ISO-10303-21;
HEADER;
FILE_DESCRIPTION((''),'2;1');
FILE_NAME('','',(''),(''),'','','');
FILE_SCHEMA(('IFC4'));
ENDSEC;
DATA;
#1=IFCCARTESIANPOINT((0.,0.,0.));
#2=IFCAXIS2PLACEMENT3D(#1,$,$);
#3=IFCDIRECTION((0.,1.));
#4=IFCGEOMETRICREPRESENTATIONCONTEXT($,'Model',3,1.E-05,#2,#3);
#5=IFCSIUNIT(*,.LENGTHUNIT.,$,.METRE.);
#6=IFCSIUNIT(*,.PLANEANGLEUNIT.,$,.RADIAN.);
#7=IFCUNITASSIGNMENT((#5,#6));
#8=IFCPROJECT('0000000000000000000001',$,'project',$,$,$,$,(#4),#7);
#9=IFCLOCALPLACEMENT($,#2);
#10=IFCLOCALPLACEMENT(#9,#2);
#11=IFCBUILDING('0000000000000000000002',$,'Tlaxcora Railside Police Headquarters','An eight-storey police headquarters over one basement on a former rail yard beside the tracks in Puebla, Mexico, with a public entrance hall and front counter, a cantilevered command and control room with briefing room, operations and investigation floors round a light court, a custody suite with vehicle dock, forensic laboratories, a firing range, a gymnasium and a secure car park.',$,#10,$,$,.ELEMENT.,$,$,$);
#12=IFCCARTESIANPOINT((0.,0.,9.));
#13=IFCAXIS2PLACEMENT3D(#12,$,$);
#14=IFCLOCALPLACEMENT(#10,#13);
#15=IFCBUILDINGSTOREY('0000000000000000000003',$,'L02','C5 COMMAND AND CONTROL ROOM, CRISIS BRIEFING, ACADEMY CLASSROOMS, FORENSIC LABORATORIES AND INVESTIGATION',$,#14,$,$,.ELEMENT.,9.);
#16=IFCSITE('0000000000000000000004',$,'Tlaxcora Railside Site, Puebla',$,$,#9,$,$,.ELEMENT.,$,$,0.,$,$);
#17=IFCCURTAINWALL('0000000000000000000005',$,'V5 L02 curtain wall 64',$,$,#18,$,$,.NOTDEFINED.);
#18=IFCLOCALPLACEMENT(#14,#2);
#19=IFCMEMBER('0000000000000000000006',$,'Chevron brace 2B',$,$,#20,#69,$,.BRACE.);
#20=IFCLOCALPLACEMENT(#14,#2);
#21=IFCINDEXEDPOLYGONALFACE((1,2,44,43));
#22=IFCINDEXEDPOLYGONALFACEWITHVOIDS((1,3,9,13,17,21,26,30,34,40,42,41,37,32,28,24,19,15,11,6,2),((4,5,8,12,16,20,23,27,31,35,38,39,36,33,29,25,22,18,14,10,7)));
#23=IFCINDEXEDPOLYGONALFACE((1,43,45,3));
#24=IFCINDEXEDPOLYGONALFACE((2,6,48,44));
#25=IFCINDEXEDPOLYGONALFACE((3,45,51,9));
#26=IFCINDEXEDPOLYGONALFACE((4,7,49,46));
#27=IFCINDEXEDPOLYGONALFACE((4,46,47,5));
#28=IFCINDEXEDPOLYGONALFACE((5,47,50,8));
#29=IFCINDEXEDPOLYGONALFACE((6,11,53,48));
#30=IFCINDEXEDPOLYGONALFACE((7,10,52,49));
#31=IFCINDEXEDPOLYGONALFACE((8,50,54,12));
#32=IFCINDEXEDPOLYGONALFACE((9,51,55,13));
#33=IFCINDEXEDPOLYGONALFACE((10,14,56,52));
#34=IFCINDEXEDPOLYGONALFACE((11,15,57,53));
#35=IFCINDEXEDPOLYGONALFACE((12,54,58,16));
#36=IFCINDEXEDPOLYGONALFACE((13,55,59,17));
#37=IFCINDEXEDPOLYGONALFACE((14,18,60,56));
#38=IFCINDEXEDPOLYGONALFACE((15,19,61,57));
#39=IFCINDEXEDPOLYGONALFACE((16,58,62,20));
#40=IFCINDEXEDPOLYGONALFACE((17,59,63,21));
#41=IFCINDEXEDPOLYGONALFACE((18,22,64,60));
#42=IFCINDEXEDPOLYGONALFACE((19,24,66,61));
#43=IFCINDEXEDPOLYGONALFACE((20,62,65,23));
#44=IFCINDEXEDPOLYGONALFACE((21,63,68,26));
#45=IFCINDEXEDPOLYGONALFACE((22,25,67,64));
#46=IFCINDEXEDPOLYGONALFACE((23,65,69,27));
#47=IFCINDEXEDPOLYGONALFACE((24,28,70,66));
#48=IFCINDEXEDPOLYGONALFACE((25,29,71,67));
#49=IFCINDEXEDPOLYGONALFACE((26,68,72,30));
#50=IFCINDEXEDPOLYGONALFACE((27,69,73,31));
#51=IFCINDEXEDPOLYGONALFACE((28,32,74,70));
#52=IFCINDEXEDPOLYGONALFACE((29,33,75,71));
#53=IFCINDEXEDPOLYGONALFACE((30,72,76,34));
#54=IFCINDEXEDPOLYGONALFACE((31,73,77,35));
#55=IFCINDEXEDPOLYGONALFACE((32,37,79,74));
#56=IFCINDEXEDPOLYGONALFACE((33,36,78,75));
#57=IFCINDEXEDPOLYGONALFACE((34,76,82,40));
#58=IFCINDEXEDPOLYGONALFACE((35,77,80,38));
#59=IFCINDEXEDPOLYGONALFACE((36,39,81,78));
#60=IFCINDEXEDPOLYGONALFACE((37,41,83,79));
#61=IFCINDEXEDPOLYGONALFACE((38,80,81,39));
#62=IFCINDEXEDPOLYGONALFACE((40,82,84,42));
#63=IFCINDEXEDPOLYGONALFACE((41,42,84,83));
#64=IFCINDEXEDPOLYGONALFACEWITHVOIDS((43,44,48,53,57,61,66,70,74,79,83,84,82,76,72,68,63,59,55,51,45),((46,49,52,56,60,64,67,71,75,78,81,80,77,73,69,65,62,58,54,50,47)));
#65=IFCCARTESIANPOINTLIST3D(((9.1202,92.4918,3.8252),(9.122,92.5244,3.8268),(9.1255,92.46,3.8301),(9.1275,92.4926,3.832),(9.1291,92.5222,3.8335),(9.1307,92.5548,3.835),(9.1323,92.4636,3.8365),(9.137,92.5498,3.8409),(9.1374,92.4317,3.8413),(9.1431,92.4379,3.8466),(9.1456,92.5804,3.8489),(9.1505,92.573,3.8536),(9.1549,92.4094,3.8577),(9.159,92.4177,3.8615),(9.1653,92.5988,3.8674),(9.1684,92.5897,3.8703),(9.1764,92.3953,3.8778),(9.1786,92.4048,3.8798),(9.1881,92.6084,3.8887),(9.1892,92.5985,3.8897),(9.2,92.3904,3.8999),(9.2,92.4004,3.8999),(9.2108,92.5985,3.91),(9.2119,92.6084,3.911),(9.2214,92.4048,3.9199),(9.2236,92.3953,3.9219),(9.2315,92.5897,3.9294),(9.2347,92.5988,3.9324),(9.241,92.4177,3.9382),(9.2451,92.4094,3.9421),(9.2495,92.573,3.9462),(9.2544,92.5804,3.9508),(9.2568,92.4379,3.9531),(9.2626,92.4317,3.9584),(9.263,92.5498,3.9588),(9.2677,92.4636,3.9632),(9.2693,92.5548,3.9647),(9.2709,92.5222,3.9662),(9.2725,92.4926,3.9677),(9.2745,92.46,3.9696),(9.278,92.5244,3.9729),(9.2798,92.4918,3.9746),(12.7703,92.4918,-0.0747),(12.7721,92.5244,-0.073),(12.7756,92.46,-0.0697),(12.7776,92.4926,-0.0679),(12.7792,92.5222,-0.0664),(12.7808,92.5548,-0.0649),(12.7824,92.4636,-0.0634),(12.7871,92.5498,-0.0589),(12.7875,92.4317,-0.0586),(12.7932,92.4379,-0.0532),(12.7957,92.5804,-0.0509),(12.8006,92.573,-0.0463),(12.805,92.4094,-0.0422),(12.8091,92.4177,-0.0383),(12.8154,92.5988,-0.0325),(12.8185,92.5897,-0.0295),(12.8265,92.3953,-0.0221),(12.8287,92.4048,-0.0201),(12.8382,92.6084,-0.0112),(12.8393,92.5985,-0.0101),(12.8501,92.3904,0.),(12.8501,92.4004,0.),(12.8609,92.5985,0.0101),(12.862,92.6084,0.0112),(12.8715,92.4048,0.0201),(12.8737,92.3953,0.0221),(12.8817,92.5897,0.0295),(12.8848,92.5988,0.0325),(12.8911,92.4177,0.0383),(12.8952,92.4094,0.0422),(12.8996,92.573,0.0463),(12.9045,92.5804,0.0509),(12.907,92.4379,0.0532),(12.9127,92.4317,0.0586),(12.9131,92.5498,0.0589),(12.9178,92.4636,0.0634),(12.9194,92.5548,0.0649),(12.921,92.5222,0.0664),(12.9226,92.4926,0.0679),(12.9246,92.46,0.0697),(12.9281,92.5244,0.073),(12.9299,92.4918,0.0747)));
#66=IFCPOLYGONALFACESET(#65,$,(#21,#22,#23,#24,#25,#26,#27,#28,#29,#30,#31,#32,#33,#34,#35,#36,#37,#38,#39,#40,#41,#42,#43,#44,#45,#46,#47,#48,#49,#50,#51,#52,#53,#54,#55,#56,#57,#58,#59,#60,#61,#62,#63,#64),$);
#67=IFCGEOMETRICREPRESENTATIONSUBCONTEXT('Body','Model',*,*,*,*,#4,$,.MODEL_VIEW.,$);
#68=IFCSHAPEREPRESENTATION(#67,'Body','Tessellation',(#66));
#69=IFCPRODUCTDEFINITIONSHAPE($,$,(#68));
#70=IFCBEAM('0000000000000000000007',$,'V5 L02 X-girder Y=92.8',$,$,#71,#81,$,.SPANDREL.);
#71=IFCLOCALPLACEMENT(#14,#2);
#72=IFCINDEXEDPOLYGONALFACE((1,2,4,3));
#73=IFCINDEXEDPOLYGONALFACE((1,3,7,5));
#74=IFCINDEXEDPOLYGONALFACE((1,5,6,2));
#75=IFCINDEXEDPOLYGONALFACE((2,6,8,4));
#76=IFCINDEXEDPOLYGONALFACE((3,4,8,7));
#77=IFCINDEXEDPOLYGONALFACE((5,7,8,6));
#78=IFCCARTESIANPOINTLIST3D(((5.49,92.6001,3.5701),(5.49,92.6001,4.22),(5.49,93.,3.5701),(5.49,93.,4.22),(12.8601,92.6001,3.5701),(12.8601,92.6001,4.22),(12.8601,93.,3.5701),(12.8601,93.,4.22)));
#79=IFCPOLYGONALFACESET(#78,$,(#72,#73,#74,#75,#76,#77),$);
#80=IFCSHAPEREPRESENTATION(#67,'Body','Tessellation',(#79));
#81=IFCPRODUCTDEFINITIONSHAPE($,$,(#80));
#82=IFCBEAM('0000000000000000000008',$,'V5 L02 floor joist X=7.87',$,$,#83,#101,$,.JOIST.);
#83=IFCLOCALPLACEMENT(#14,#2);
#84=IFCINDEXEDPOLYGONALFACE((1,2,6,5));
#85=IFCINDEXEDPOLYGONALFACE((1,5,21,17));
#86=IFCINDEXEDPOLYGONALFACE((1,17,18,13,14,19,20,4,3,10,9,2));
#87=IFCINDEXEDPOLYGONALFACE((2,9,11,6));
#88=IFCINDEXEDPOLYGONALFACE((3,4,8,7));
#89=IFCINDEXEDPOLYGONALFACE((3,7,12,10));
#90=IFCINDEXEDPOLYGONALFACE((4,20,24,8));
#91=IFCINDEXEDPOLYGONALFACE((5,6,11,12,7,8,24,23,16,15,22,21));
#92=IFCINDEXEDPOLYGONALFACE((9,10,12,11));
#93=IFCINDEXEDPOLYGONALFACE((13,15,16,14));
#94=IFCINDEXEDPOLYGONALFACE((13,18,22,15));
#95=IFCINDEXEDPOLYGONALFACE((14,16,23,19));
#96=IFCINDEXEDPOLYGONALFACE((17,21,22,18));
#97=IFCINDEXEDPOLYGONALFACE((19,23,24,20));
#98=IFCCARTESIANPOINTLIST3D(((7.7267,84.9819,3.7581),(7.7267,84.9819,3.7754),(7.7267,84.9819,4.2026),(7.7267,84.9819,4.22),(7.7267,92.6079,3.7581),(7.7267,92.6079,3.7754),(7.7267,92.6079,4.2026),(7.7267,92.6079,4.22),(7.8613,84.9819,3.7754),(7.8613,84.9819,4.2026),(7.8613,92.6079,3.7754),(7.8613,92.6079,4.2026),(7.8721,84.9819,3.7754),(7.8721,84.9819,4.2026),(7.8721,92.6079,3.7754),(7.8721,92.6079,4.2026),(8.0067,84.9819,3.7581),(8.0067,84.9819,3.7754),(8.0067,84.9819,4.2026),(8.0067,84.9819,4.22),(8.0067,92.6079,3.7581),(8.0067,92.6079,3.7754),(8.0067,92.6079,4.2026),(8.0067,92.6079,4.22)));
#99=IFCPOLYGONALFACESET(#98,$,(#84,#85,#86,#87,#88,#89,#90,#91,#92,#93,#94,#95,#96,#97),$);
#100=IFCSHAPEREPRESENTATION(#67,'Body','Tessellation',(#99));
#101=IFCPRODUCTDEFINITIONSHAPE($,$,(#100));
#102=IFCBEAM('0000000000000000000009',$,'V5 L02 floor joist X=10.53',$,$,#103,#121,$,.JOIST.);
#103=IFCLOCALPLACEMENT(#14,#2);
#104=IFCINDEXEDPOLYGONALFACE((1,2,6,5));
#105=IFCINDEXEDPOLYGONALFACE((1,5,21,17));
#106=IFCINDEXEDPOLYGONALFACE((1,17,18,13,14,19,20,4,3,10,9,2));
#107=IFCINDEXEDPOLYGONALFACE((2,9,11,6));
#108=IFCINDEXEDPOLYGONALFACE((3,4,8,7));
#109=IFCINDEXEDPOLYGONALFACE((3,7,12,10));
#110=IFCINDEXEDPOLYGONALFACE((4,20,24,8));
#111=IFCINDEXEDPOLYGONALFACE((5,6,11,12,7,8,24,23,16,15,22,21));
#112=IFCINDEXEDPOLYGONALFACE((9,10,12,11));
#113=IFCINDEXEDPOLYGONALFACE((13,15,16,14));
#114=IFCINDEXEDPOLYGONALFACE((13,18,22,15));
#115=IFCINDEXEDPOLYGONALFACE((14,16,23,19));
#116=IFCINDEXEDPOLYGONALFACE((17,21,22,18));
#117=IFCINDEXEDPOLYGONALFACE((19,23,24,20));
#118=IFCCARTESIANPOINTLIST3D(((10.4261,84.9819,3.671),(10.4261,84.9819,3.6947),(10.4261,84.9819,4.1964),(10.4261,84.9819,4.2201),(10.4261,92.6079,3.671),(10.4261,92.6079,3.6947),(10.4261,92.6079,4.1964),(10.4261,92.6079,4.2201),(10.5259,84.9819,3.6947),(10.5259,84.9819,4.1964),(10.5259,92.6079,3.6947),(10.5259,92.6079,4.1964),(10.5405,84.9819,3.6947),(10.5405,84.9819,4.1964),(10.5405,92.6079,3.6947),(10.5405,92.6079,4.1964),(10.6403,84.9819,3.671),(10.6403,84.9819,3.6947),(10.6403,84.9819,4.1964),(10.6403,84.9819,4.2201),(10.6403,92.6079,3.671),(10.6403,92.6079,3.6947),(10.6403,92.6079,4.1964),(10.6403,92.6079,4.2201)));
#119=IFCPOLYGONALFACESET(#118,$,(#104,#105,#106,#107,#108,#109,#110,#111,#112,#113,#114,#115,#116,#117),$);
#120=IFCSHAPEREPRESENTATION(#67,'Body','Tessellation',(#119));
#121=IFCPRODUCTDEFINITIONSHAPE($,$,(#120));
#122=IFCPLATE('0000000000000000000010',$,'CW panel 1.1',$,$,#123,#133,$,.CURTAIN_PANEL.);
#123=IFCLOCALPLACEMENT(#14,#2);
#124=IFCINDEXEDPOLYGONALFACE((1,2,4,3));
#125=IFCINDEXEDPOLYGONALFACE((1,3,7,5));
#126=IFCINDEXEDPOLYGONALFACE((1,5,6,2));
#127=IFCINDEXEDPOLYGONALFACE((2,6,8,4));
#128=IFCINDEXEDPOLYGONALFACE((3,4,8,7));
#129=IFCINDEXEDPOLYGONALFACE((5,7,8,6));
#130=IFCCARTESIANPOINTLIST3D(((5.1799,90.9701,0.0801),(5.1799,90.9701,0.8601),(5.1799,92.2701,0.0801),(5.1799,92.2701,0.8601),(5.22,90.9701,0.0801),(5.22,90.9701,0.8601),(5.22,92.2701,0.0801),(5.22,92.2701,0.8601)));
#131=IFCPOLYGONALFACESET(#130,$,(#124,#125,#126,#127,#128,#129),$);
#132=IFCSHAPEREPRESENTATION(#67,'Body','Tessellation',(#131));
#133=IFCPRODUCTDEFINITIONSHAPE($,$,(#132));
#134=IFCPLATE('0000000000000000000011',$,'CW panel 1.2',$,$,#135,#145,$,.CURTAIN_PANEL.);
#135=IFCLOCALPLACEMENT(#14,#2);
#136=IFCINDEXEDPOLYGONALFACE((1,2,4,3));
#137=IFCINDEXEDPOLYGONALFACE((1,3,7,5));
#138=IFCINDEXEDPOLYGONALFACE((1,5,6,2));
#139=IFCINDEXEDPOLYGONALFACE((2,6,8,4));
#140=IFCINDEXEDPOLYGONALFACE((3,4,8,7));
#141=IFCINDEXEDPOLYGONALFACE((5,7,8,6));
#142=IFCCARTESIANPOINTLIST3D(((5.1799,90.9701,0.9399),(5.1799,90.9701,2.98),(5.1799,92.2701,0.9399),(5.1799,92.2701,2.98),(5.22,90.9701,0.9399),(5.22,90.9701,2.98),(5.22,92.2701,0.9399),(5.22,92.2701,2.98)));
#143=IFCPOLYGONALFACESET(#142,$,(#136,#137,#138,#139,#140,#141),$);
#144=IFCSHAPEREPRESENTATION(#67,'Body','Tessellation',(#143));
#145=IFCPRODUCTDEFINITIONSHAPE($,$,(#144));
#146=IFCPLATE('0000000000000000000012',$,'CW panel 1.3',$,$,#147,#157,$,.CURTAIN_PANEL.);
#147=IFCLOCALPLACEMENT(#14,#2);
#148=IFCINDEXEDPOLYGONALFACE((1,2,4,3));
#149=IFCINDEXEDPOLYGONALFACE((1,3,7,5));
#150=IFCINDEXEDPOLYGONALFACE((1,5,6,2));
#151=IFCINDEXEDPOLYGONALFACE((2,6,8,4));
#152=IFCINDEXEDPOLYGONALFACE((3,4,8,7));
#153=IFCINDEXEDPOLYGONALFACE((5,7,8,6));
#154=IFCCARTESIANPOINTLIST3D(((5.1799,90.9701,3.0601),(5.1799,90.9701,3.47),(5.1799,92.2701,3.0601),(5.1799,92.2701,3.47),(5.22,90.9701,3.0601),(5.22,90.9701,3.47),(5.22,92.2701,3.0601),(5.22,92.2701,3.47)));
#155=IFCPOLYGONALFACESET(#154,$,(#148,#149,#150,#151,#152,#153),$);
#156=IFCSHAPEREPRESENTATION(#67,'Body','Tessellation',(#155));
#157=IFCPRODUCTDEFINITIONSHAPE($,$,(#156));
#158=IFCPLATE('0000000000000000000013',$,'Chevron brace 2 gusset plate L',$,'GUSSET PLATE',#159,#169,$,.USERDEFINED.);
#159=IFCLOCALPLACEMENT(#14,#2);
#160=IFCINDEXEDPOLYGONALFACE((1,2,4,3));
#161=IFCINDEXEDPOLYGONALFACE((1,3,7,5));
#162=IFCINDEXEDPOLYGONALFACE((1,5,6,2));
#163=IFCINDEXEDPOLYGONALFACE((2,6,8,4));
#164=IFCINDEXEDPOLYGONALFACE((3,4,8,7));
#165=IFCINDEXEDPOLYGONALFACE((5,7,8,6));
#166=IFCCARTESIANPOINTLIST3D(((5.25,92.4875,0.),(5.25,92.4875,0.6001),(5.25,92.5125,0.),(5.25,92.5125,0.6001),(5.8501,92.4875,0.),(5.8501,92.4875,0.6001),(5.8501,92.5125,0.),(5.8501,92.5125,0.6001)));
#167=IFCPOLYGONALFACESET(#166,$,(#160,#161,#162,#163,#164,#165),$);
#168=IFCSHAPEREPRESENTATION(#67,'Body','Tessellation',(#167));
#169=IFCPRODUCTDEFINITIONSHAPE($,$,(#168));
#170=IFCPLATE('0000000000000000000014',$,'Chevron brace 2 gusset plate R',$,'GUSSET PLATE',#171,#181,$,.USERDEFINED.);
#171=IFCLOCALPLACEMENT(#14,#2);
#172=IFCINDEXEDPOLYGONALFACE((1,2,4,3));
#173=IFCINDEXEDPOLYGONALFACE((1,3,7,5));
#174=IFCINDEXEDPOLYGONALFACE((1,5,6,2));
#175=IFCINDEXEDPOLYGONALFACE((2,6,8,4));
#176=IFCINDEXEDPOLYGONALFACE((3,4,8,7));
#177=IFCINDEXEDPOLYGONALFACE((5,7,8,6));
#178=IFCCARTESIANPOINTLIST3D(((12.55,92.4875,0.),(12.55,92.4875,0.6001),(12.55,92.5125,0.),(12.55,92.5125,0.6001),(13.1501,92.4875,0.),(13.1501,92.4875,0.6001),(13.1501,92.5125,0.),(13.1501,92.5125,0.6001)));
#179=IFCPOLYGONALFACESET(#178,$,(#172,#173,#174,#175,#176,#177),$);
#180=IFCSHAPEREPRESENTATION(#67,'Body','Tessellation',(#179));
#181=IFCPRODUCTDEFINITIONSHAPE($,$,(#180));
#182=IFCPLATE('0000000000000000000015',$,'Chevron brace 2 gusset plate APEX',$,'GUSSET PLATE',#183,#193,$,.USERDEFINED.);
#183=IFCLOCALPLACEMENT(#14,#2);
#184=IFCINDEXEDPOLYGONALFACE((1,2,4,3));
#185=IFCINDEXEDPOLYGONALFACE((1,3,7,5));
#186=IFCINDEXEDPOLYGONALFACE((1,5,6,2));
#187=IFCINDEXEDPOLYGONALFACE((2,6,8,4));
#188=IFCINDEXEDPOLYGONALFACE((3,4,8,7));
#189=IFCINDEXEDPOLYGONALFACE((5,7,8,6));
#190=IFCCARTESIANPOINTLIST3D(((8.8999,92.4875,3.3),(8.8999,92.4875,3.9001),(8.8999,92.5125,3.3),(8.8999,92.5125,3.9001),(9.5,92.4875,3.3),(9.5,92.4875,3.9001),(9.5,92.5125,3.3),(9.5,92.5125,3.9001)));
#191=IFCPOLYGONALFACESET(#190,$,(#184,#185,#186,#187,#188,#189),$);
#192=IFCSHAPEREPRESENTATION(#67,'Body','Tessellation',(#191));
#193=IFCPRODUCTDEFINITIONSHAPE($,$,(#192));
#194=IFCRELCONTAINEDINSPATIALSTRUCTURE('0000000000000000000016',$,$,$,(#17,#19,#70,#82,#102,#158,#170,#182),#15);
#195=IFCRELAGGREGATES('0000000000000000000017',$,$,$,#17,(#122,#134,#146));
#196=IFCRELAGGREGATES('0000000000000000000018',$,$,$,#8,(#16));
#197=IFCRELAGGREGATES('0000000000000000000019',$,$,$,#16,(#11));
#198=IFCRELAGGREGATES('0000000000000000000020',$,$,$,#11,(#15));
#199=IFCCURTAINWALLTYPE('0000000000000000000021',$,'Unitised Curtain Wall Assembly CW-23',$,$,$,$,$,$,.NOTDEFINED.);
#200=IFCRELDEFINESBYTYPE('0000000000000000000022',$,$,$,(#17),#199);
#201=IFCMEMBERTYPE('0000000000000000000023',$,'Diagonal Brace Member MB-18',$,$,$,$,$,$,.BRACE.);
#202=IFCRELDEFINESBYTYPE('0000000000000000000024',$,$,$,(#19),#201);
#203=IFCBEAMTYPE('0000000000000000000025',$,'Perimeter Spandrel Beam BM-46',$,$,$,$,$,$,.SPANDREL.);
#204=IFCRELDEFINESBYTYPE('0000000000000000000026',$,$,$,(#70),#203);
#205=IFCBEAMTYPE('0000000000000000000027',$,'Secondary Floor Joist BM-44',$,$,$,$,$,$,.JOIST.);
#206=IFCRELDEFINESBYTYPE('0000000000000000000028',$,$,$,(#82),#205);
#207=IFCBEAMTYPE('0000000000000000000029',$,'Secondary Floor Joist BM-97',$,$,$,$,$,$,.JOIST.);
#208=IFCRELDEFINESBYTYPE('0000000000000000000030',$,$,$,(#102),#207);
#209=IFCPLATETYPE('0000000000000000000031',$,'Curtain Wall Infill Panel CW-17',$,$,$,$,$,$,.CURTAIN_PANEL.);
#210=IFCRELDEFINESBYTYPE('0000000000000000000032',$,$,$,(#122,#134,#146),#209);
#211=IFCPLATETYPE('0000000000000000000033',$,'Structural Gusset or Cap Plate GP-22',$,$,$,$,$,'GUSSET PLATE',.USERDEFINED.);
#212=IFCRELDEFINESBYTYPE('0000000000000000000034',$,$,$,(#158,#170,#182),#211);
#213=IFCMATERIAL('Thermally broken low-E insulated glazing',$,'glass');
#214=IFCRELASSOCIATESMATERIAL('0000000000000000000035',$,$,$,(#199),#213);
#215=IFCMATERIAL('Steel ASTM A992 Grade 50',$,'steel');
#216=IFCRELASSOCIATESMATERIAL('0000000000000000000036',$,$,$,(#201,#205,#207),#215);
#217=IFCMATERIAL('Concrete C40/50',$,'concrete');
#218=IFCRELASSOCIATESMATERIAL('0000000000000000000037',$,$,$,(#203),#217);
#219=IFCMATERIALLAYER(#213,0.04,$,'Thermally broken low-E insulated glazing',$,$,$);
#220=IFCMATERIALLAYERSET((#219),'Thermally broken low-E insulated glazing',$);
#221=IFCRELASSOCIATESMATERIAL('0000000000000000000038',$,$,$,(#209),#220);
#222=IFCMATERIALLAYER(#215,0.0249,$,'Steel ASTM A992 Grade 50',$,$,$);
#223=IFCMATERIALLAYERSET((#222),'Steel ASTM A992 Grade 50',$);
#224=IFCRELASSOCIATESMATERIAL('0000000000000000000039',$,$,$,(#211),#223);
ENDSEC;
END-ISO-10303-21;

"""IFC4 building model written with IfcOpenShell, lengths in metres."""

from ifc_helpers import new_model, si_unit, direction, frame, origin, origin_2d, place, context, subcontext, project, spatial, rectangle, hollow_circle, i_section, extrude, material, layer, layer_set, material_profile, profile_set, type_object, element, aggregate, save


model = new_model("IFC4")

# Units and contexts
model_context = context("Model", 3, precision=1e-05, world=origin(), true_north=direction((0.0, 1.0)))
body_context = subcontext(model_context, "Body", "Model", "MODEL_VIEW")
ifc_project = project(units=[si_unit("LENGTHUNIT", "METRE"), si_unit("PLANEANGLEUNIT", "RADIAN")], contexts=[model_context])

# Site, building, storey
site_placement = place(None, origin())
site = spatial("IfcSite", under=ifc_project, at=site_placement, Name="Tlaxcora Railside Site, Puebla", CompositionType="ELEMENT", RefElevation=0.0)
building_placement = place(site_placement, origin())
building = spatial("IfcBuilding", under=site, at=building_placement, Name="Tlaxcora Railside Police Headquarters", Description="An eight-storey police headquarters over one basement on a former rail yard beside the tracks in Puebla, Mexico, with a public entrance hall and front counter, a cantilevered command and control room with briefing room, operations and investigation floors round a light court, a custody suite with vehicle dock, forensic laboratories, a firing range, a gymnasium and a secure car park.", CompositionType="ELEMENT")
storey_placement = place(building_placement, frame((0.0, 0.0, 9.0)))
storey = spatial("IfcBuildingStorey", under=building, at=storey_placement, Name="L02", Description="C5 COMMAND AND CONTROL ROOM, CRISIS BRIEFING, ACADEMY CLASSROOMS, FORENSIC LABORATORIES AND INVESTIGATION", CompositionType="ELEMENT", Elevation=9.0)

# Shared definitions
ifc_material_1 = material(Name="Concrete C40/50", Category="concrete")

# Curtain wall
ifc_material_2 = material(Name="Thermally broken low-E insulated glazing", Category="glass")
curtain_wall_type = type_object("IfcCurtainWallType", Name="Unitised Curtain Wall Assembly CW-23", PredefinedType="NOTDEFINED", material=ifc_material_2)
curtain_wall_placement = place(storey_placement, origin())
curtain_wall = element("IfcCurtainWall", 1, at=curtain_wall_placement, inside=storey, type_object=curtain_wall_type, Name="V5 L02 curtain wall 64", PredefinedType="NOTDEFINED")

# Member
ifc_material_3 = material(Name="Steel ASTM A992 Grade 50", Category="steel")
ifc_material_profile_1 = material_profile(ifc_material_3, hollow_circle(Radius=0.1096, WallThickness=0.01, at=origin_2d()), Name="CHS219X10")
ifc_profile_set_1 = profile_set([ifc_material_profile_1], Name="Steel ASTM A992 Grade 50")
member_type_1 = type_object("IfcMemberType", Name="Diagonal Brace Member MB-18", PredefinedType="BRACE", material=ifc_profile_set_1)
for number, where, z_axis, x_axis, name in (
    (2, (12.8501, 92.5, 0.0), (-0.683342, 0.0, 0.730099), (0.0, -1.0, 0.0), "Chevron brace 2B"),
):
    element("IfcMember", number, at=place(storey_placement, frame(where, z_axis=z_axis, x_axis=x_axis)), inside=storey, type_object=member_type_1, Name=name, PredefinedType="BRACE", context=body_context, shape_type="SweptSolid", body=[
        extrude(hollow_circle(Radius=0.1096, WallThickness=0.01, at=origin_2d()), origin(), (0.0, 0.0, 1.0), 5.3416),
    ])

# Beams
ifc_material_profile_2 = material_profile(ifc_material_1, rectangle(XDim=0.3999, YDim=0.6499, at=origin_2d()), Name="RC400X650")
ifc_profile_set_2 = profile_set([ifc_material_profile_2], Name="Concrete C40/50")
beam_type_1 = type_object("IfcBeamType", Name="Perimeter Spandrel Beam BM-46", PredefinedType="SPANDREL", material=ifc_profile_set_2)
beam_1_placement = place(storey_placement, frame((5.49, 92.8, 3.895), z_axis=(1.0, 0.0, 0.0), x_axis=(0.0, 1.0, 0.0)))
element("IfcBeam", 3, at=beam_1_placement, inside=storey, type_object=beam_type_1, Name="V5 L02 X-girder Y=92.8", PredefinedType="SPANDREL", context=body_context, shape_type="SweptSolid", body=[
    extrude(rectangle(XDim=0.3999, YDim=0.6499, at=origin_2d()), origin(), (0.0, 0.0, 1.0), 7.3701),
])
ifc_material_profile_3 = material_profile(ifc_material_3, i_section(OverallWidth=0.28, OverallDepth=0.4619, WebThickness=0.0107, FlangeThickness=0.0173, at=origin_2d()), Name="W18X76")
ifc_profile_set_3 = profile_set([ifc_material_profile_3], Name="Steel ASTM A992 Grade 50")
beam_type_2 = type_object("IfcBeamType", Name="Secondary Floor Joist BM-44", PredefinedType="JOIST", material=ifc_profile_set_3)
beam_2_placement = place(storey_placement, frame((7.8667, 84.9819, 3.989), z_axis=(0.0, 1.0, 0.0), x_axis=(-1.0, 0.0, 0.0)))
element("IfcBeam", 4, at=beam_2_placement, inside=storey, type_object=beam_type_2, Name="V5 L02 floor joist X=7.87", PredefinedType="JOIST", context=body_context, shape_type="SweptSolid", body=[
    extrude(i_section(OverallWidth=0.28, OverallDepth=0.4619, WebThickness=0.0107, FlangeThickness=0.0173, at=origin_2d()), origin(), (0.0, 0.0, 1.0), 7.626),
])
ifc_material_profile_4 = material_profile(ifc_material_3, i_section(OverallWidth=0.2141, OverallDepth=0.5491, WebThickness=0.0146, FlangeThickness=0.0237, at=origin_2d()), Name="W21X93")
ifc_profile_set_4 = profile_set([ifc_material_profile_4], Name="Steel ASTM A992 Grade 50")
beam_type_3 = type_object("IfcBeamType", Name="Secondary Floor Joist BM-97", PredefinedType="JOIST", material=ifc_profile_set_4)
beam_3_placement = place(storey_placement, frame((10.5332, 84.9819, 3.9456), z_axis=(0.0, 1.0, 0.0), x_axis=(-1.0, 0.0, 0.0)))
element("IfcBeam", 5, at=beam_3_placement, inside=storey, type_object=beam_type_3, Name="V5 L02 floor joist X=10.53", PredefinedType="JOIST", context=body_context, shape_type="SweptSolid", body=[
    extrude(i_section(OverallWidth=0.2141, OverallDepth=0.5491, WebThickness=0.0146, FlangeThickness=0.0237, at=origin_2d()), origin(), (0.0, 0.0, 1.0), 7.626),
])

# Plates
ifc_layer_1 = layer(ifc_material_2, 0.04, Name="Thermally broken low-E insulated glazing")
ifc_layer_set_1 = layer_set([ifc_layer_1], Name="Thermally broken low-E insulated glazing")
plate_type_1 = type_object("IfcPlateType", Name="Curtain Wall Infill Panel CW-17", PredefinedType="CURTAIN_PANEL", material=ifc_layer_set_1)
plate_1_placement = place(storey_placement, frame((5.2, 91.6201, 0.0801), z_axis=(0.0, 0.0, 1.0), x_axis=(0.0, -1.0, 0.0)))
plate_1 = element("IfcPlate", 6, at=plate_1_placement, type_object=plate_type_1, Name="CW panel 1.1", PredefinedType="CURTAIN_PANEL", context=body_context, shape_type="SweptSolid", body=[
    extrude(rectangle(XDim=1.3, YDim=0.04, at=origin_2d()), origin(), (0.0, 0.0, 1.0), 0.78),
])
plate_2_placement = place(storey_placement, frame((5.2, 91.6201, 0.9399), z_axis=(0.0, 0.0, 1.0), x_axis=(0.0, -1.0, 0.0)))
plate_2 = element("IfcPlate", 7, at=plate_2_placement, type_object=plate_type_1, Name="CW panel 1.2", PredefinedType="CURTAIN_PANEL", context=body_context, shape_type="SweptSolid", body=[
    extrude(rectangle(XDim=1.3, YDim=0.04, at=origin_2d()), origin(), (0.0, 0.0, 1.0), 2.04),
])
plate_3_placement = place(storey_placement, frame((5.2, 91.6201, 3.0601), z_axis=(0.0, 0.0, 1.0), x_axis=(0.0, -1.0, 0.0)))
plate_3 = element("IfcPlate", 8, at=plate_3_placement, type_object=plate_type_1, Name="CW panel 1.3", PredefinedType="CURTAIN_PANEL", context=body_context, shape_type="SweptSolid", body=[
    extrude(rectangle(XDim=1.3, YDim=0.04, at=origin_2d()), origin(), (0.0, 0.0, 1.0), 0.4099),
])
aggregate(curtain_wall, [plate_1, plate_2, plate_3])

# Plates
ifc_layer_2 = layer(ifc_material_3, 0.0249, Name="Steel ASTM A992 Grade 50")
ifc_layer_set_2 = layer_set([ifc_layer_2], Name="Steel ASTM A992 Grade 50")
plate_type_2 = type_object("IfcPlateType", Name="Structural Gusset or Cap Plate GP-22", ElementType="GUSSET PLATE", PredefinedType="USERDEFINED", material=ifc_layer_set_2)
for number, where, z_axis, x_axis, name in (
    (9, (5.55, 92.5, 0.0), (0.0, 0.0, 1.0), (1.0, 0.0, 0.0), "Chevron brace 2 gusset plate L"),
    (10, (12.8501, 92.5, 0.0), (0.0, 0.0, 1.0), (1.0, 0.0, 0.0), "Chevron brace 2 gusset plate R"),
    (11, (9.2, 92.5, 3.3), (0.0, 0.0, 1.0), (1.0, 0.0, 0.0), "Chevron brace 2 gusset plate APEX"),
):
    element("IfcPlate", number, at=place(storey_placement, frame(where, z_axis=z_axis, x_axis=x_axis)), inside=storey, type_object=plate_type_2, Name=name, ObjectType="GUSSET PLATE", PredefinedType="USERDEFINED", context=body_context, shape_type="SweptSolid", body=[
        extrude(rectangle(XDim=0.6001, YDim=0.0249, at=origin_2d()), origin(), (0.0, 0.0, 1.0), 0.6001),
    ])

save(model, "model.ifc")
